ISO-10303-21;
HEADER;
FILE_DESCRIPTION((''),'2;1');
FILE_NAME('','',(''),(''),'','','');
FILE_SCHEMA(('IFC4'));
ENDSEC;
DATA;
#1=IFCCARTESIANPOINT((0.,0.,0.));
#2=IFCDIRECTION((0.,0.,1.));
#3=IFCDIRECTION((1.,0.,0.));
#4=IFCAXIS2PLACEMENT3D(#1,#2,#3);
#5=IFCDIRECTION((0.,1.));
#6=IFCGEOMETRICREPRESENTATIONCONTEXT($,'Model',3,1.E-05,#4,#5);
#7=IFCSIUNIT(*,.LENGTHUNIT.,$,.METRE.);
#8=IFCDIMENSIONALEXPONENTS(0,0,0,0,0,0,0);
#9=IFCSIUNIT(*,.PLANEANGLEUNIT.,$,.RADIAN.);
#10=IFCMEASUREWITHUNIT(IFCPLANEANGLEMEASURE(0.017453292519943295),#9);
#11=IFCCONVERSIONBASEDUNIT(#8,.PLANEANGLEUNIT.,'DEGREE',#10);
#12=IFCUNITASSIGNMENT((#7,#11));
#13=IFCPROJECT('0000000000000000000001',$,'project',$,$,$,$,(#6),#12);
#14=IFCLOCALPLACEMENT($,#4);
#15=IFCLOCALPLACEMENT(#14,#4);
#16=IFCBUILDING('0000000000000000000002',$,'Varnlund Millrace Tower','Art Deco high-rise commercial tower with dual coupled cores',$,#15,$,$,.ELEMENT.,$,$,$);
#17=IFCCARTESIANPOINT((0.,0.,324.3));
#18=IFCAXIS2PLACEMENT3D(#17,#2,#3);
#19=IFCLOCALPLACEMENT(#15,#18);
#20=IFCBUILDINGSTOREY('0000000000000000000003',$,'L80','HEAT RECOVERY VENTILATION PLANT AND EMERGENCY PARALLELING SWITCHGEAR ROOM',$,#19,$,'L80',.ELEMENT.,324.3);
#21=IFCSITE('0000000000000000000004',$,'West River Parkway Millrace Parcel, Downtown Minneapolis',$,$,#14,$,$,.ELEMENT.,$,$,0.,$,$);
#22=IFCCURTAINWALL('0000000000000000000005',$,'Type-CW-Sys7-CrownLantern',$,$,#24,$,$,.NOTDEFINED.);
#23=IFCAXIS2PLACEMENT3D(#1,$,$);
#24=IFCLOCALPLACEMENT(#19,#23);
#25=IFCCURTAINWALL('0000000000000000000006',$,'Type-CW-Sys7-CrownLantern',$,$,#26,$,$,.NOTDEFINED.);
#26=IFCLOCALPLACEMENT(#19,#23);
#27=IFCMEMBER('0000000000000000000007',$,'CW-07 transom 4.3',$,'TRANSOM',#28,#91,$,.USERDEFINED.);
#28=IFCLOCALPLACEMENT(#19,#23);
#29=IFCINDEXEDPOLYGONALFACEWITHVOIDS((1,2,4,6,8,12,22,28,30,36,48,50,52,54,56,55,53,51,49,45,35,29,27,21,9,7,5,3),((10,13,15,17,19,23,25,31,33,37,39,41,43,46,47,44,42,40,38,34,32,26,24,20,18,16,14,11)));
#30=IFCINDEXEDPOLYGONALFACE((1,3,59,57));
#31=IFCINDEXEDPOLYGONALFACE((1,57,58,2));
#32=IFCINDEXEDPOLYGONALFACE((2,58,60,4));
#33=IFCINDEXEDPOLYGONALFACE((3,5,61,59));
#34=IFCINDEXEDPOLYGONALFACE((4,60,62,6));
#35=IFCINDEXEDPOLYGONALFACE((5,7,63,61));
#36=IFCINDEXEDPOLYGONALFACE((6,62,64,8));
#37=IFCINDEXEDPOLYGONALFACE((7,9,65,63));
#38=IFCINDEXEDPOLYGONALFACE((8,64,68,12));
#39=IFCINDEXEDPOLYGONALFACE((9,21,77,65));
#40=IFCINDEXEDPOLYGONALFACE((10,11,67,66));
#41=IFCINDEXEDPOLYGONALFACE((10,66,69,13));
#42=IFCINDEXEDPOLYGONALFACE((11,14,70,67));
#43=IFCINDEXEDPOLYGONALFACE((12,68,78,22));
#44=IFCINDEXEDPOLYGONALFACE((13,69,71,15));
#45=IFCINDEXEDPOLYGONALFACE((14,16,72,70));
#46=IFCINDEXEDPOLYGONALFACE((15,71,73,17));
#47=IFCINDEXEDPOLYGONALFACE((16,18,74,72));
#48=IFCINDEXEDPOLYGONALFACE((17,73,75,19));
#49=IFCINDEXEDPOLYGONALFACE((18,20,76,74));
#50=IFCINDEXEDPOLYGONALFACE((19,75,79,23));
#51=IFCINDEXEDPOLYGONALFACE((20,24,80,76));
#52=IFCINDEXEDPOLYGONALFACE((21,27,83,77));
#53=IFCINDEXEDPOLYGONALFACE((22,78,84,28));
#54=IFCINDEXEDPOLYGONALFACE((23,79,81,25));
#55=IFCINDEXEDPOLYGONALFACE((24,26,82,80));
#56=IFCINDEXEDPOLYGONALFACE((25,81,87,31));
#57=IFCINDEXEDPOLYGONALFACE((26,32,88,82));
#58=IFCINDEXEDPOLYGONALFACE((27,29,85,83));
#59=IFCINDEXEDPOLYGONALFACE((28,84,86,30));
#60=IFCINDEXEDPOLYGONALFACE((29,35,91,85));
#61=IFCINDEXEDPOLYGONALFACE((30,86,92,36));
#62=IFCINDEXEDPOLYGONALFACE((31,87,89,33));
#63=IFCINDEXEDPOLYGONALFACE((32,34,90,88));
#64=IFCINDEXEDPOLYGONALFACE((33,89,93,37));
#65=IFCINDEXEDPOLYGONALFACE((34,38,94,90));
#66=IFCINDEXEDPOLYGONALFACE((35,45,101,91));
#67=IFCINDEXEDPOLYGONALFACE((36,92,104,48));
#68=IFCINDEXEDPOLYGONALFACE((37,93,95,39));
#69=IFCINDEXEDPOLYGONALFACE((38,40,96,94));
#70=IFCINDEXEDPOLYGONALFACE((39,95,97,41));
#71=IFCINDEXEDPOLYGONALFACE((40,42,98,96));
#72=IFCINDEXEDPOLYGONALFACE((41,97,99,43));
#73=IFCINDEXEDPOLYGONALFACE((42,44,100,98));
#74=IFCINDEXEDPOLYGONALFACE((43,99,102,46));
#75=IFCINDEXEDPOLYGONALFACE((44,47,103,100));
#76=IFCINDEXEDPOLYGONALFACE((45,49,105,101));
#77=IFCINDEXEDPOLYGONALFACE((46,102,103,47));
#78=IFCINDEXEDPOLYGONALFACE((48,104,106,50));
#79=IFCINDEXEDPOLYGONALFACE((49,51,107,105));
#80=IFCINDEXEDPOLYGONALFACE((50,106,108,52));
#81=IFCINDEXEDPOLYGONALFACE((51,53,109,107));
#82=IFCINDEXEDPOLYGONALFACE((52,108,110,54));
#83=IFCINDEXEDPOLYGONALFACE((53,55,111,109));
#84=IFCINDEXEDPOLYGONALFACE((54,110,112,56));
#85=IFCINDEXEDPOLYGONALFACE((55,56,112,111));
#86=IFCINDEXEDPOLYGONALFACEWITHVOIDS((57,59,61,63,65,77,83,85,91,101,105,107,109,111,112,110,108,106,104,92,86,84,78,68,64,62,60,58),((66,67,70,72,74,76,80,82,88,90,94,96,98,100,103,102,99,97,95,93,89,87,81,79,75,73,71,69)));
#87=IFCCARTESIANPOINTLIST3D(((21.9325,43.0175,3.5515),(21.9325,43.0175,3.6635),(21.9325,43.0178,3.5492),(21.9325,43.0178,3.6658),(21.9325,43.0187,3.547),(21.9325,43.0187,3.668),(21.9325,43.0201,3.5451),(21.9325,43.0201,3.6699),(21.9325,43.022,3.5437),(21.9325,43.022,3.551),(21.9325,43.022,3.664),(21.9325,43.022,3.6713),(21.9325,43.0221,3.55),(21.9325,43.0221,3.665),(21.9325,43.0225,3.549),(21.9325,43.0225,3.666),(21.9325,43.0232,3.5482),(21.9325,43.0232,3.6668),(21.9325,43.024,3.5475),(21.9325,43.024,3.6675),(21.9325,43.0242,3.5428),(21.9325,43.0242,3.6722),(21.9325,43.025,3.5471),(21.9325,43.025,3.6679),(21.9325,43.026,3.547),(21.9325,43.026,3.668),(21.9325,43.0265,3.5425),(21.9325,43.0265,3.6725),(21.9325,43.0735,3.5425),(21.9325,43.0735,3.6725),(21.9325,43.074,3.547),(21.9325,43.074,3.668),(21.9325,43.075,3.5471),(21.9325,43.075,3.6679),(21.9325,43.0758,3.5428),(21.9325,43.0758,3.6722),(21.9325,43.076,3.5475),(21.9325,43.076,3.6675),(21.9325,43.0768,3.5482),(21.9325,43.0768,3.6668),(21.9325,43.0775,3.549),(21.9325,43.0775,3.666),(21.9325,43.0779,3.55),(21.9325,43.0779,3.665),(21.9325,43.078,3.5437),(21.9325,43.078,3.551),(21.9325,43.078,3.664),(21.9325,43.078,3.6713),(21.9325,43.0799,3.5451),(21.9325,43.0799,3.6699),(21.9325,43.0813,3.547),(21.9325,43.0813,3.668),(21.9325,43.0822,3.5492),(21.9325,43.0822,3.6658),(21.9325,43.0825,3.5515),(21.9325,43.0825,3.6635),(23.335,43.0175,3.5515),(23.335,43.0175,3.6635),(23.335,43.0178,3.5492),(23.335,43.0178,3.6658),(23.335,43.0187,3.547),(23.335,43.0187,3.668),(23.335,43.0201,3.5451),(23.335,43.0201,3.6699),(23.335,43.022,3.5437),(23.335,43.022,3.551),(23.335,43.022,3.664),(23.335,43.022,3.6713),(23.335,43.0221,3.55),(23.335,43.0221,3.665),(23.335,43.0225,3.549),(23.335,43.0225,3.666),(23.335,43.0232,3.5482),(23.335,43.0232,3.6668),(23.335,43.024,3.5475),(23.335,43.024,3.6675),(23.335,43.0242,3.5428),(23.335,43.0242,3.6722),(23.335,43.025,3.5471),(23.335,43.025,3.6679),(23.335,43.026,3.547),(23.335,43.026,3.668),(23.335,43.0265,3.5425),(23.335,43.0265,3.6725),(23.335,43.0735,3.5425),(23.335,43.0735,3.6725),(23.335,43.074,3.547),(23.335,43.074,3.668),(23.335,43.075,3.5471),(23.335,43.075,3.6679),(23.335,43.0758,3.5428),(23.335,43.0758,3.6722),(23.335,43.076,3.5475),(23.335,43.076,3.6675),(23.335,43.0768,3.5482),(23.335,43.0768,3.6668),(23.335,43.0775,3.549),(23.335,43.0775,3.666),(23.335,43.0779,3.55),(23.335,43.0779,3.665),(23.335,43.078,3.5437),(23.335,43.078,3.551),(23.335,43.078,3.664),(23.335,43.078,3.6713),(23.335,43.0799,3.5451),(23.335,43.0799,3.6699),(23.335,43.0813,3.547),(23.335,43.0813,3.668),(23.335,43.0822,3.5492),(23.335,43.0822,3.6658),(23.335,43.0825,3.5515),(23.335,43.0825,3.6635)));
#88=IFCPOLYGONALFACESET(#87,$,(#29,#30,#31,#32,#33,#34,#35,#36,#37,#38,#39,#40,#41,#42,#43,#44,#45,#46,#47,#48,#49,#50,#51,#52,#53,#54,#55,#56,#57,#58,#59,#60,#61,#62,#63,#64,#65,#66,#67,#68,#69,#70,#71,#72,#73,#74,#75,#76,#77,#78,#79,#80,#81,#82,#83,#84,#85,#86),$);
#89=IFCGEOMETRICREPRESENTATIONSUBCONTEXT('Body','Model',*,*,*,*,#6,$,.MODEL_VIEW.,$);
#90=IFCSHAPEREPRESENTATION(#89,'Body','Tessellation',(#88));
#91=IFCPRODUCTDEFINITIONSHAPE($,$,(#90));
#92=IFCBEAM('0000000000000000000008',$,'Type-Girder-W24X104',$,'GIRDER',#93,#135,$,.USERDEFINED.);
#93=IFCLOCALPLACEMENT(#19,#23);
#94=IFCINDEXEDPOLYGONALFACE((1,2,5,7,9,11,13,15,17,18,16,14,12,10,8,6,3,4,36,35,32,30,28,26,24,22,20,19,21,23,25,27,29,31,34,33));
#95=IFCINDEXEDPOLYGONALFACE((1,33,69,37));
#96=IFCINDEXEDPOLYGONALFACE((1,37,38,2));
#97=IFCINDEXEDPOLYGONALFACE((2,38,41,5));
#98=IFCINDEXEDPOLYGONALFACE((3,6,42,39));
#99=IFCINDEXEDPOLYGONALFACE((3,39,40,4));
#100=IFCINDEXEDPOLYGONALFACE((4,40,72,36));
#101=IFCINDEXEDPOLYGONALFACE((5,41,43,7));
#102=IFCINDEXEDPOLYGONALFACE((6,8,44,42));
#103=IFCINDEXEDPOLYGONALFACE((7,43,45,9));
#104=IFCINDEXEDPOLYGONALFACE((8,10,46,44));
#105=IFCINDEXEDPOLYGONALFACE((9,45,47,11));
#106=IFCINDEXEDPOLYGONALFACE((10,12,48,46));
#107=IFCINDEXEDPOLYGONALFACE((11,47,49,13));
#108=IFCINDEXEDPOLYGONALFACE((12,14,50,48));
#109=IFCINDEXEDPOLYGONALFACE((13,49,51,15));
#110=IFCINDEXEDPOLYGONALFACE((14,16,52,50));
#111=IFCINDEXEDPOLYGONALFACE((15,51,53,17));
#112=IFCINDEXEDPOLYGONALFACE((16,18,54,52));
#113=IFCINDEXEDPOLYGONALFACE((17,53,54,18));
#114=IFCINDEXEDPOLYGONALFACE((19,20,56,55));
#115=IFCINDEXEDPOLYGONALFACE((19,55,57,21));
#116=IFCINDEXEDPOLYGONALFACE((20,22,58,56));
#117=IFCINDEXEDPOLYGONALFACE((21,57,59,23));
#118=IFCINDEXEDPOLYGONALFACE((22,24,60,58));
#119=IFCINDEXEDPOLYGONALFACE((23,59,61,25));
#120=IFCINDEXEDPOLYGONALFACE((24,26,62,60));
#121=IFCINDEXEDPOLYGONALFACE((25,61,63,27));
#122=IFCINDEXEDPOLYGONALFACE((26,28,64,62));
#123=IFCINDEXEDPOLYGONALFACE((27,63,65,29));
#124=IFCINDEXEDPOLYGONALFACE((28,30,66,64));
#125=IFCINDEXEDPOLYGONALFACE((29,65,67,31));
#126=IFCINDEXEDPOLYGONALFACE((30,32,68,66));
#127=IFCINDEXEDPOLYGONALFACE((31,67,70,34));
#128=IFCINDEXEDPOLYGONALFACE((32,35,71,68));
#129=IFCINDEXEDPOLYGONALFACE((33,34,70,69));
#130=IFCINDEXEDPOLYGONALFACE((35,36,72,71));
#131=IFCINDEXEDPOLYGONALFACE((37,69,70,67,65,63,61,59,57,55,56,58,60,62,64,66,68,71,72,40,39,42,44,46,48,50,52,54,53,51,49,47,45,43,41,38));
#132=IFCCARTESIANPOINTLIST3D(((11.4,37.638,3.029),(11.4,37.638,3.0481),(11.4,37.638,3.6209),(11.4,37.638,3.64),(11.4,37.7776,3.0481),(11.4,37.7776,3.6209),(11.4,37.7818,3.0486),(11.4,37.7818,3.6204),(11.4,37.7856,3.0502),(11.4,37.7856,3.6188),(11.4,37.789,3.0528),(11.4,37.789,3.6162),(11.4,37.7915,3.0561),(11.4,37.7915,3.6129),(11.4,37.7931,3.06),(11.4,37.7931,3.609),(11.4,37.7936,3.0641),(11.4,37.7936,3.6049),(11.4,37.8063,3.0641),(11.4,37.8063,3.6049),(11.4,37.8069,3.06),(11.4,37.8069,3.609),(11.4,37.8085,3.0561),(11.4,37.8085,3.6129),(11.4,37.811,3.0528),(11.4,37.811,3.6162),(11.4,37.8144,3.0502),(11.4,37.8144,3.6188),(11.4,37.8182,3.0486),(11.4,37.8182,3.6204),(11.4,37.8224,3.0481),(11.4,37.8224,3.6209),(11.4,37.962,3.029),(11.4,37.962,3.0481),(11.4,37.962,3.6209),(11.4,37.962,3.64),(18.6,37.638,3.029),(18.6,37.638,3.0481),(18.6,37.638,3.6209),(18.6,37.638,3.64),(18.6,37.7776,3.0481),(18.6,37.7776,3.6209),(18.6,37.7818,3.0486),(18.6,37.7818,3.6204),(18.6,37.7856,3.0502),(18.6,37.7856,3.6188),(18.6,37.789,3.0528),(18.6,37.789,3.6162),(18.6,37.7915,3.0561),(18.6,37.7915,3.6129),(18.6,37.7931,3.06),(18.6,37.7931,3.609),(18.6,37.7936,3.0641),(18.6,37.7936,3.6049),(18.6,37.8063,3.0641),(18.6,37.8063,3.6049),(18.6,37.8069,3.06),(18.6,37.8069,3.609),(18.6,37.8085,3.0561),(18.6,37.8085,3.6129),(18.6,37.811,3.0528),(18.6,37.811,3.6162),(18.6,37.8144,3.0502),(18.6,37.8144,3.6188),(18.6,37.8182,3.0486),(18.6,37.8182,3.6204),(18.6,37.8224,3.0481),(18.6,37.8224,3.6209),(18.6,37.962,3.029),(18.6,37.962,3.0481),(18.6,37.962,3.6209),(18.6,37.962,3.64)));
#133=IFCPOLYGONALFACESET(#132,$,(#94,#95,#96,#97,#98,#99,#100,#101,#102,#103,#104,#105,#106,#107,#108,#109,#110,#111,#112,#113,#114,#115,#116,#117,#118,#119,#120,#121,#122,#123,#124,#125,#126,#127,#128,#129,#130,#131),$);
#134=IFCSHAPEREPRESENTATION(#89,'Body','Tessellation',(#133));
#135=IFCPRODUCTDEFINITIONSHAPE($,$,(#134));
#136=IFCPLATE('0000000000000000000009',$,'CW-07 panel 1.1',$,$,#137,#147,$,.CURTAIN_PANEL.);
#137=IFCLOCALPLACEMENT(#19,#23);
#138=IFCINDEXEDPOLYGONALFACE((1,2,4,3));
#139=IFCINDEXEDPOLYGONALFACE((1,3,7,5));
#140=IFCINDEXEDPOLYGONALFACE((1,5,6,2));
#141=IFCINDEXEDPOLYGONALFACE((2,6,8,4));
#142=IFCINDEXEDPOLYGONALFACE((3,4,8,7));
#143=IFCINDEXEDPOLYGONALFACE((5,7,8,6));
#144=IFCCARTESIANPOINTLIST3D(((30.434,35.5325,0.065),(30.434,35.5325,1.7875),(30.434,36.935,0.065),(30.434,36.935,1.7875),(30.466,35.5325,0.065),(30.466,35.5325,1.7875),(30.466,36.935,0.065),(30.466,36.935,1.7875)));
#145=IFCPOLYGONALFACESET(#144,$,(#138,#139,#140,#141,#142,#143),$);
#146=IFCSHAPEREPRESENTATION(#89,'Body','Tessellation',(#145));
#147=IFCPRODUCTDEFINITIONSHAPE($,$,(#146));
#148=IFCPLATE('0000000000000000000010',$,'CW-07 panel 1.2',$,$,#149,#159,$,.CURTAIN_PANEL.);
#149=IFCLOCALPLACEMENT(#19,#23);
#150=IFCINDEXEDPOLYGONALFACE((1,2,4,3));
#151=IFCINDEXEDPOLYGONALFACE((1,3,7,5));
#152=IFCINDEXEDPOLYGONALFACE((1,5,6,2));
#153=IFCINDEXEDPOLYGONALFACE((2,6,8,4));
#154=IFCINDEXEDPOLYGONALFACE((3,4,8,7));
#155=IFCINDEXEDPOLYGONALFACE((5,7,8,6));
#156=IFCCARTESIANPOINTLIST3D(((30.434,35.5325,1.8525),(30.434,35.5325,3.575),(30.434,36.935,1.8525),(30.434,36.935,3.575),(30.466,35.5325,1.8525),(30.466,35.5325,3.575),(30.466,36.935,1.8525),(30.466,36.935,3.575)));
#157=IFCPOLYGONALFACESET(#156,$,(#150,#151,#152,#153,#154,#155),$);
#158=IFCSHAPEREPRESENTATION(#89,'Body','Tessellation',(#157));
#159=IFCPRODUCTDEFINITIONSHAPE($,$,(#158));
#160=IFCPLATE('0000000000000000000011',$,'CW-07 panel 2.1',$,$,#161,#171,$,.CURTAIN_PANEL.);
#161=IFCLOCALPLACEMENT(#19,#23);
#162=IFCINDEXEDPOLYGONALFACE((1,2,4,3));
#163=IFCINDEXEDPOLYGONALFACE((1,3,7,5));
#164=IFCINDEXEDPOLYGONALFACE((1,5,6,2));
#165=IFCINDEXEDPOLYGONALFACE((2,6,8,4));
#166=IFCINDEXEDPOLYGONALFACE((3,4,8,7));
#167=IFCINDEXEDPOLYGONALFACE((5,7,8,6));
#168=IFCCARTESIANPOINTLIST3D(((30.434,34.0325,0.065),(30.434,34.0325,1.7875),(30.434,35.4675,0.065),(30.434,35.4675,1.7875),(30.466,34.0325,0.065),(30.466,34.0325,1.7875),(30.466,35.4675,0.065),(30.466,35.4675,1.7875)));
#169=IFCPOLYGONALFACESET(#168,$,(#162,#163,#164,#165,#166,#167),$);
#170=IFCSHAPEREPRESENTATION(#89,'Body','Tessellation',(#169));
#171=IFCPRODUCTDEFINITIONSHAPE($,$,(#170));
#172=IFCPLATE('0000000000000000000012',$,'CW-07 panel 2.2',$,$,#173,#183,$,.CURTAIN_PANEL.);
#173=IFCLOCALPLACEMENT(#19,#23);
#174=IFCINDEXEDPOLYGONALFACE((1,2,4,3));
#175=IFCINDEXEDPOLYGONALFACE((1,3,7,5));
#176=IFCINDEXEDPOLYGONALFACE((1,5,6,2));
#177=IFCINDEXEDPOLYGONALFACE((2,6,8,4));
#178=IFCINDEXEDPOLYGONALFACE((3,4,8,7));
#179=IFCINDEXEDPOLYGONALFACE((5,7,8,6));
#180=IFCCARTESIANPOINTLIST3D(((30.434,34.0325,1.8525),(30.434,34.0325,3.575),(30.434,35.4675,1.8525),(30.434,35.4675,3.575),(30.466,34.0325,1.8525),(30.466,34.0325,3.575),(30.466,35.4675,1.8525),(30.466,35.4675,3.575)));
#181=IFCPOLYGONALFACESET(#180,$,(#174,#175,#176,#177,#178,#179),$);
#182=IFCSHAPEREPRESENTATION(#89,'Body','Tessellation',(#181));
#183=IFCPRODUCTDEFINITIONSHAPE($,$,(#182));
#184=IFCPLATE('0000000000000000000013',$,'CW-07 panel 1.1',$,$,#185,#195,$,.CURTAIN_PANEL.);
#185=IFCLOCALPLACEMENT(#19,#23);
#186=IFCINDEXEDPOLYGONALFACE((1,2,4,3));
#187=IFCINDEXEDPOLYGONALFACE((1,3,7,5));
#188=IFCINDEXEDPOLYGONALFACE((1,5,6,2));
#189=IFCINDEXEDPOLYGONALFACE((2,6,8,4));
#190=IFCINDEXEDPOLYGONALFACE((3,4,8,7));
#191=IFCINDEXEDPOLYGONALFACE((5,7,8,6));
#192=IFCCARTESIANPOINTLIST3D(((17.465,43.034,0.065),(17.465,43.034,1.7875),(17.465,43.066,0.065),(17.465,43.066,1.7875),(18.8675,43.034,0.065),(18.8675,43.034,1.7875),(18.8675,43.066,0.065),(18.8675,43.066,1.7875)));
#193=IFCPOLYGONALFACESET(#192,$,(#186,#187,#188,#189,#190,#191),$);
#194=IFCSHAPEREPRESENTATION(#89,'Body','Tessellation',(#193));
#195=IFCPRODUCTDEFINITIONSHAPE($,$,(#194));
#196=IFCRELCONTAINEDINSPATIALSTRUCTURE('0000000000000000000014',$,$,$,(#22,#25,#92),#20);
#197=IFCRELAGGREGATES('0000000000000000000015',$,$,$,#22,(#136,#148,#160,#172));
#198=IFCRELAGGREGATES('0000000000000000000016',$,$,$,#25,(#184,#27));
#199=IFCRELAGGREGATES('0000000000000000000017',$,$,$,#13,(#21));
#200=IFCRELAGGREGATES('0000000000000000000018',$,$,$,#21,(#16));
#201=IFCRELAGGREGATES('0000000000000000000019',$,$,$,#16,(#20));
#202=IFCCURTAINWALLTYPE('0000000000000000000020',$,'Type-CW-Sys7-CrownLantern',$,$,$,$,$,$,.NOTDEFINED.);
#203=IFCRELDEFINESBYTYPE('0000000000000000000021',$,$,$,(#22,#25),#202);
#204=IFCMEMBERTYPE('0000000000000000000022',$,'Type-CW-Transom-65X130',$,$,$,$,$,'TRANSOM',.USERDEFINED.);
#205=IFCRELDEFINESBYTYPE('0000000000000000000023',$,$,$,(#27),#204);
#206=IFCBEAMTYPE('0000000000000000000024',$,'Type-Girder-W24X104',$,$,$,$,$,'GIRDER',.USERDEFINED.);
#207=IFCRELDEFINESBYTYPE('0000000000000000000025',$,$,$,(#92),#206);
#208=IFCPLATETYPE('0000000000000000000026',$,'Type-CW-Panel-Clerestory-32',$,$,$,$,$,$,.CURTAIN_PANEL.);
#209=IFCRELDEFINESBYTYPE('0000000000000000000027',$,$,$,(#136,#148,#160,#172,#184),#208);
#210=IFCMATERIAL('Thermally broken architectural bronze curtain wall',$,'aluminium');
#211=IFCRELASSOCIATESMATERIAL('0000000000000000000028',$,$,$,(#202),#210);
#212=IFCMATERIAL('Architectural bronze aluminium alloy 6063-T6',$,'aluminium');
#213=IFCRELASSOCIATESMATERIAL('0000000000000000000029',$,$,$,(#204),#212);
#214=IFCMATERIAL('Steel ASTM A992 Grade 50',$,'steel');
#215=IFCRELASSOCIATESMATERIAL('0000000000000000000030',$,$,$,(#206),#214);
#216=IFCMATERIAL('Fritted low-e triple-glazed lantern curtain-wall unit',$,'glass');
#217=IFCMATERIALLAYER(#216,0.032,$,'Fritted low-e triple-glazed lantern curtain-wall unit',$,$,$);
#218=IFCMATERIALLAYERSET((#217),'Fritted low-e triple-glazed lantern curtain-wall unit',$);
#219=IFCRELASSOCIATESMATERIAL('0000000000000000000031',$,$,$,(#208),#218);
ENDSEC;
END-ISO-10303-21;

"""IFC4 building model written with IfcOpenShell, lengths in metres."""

from ifc_helpers import new_model, entity, si_unit, converted_unit, direction, frame, origin_with_axes, origin_2d_with_axis, place, context, subcontext, project, spatial, rectangle, hollow_rectangle, i_section, extrude, material, layer, layer_set, material_profile, profile_set, type_object, element, aggregate, save


model = new_model("IFC4")

# Units and contexts
model_context = context("Model", 3, precision=1e-05, world=origin_with_axes(), true_north=direction((0.0, 1.0)))
body_context = subcontext(model_context, "Body", "Model", "MODEL_VIEW")
ifc_project = project(units=[si_unit("LENGTHUNIT", "METRE"), converted_unit("PLANEANGLEUNIT", "DEGREE", entity("IfcPlaneAngleMeasure", 0.017453292519943295), si_unit("PLANEANGLEUNIT", "RADIAN"), dimensions=[0, 0, 0, 0, 0, 0, 0])], contexts=[model_context])

# Site, building, storey
site_placement = place(None, origin_with_axes())
site = spatial("IfcSite", under=ifc_project, at=site_placement, Name="West River Parkway Millrace Parcel, Downtown Minneapolis", CompositionType="ELEMENT", RefElevation=0.0)
building_placement = place(site_placement, origin_with_axes())
building = spatial("IfcBuilding", under=site, at=building_placement, Name="Varnlund Millrace Tower", Description="Art Deco high-rise commercial tower with dual coupled cores", CompositionType="ELEMENT")
storey_placement = place(building_placement, frame((0.0, 0.0, 324.3), z_axis=(0.0, 0.0, 1.0), x_axis=(1.0, 0.0, 0.0)))
storey = spatial("IfcBuildingStorey", under=building, at=storey_placement, Name="L80", Description="HEAT RECOVERY VENTILATION PLANT AND EMERGENCY PARALLELING SWITCHGEAR ROOM", LongName="L80", CompositionType="ELEMENT", Elevation=324.3)

# Curtain walls, member
ifc_material_1 = material(Name="Thermally broken architectural bronze curtain wall", Category="aluminium")
curtain_wall_type = type_object("IfcCurtainWallType", Name="Type-CW-Sys7-CrownLantern", PredefinedType="NOTDEFINED", material=ifc_material_1)
curtain_wall_1_placement = place(storey_placement, frame((30.45, 37.0, 0.0), z_axis=(0.0, 0.0, 1.0), x_axis=(1.0, 0.0, 0.0)))
curtain_wall_1 = element("IfcCurtainWall", 1, at=curtain_wall_1_placement, inside=storey, type_object=curtain_wall_type, Name="Type-CW-Sys7-CrownLantern", PredefinedType="NOTDEFINED")
ifc_material_2 = material(Name="Architectural bronze aluminium alloy 6063-T6", Category="aluminium")
ifc_material_profile_1 = material_profile(ifc_material_2, hollow_rectangle(XDim=0.065, YDim=0.13, WallThickness=0.0045, InnerFilletRadius=0.004, OuterFilletRadius=0.009, at=origin_2d_with_axis()), Name="Architectural bronze aluminium alloy 6063-T6")
ifc_profile_set_1 = profile_set([ifc_material_profile_1], Name="Architectural bronze aluminium alloy 6063-T6")
member_type = type_object("IfcMemberType", Name="Type-CW-Transom-65X130", ElementType="TRANSOM", PredefinedType="USERDEFINED", material=ifc_profile_set_1)
curtain_wall_2_placement = place(storey_placement, frame((17.4, 43.05, 0.0), z_axis=(0.0, 0.0, 1.0), x_axis=(1.0, 0.0, 0.0)))
curtain_wall_2 = element("IfcCurtainWall", 2, at=curtain_wall_2_placement, inside=storey, type_object=curtain_wall_type, Name="Type-CW-Sys7-CrownLantern", PredefinedType="NOTDEFINED")
member_1_placement = place(storey_placement, frame((21.9325, 43.05, 3.6075), z_axis=(1.0, 0.0, 0.0), x_axis=(0.0, 1.0, 0.0)))
member_1 = element("IfcMember", 3, at=member_1_placement, type_object=member_type, Name="CW-07 transom 4.3", ObjectType="TRANSOM", PredefinedType="USERDEFINED", context=body_context, shape_type="SweptSolid", body=[
    extrude(hollow_rectangle(XDim=0.065, YDim=0.13, WallThickness=0.0045, InnerFilletRadius=0.004, OuterFilletRadius=0.009, at=origin_2d_with_axis()), origin_with_axes(), (0.0, 0.0, 1.0), 1.4025),
])

# Beam
ifc_material_3 = material(Name="Steel ASTM A992 Grade 50", Category="steel")
ifc_material_profile_2 = material_profile(ifc_material_3, i_section(OverallWidth=0.324, OverallDepth=0.611, WebThickness=0.0127, FlangeThickness=0.0191, FilletRadius=0.016, at=origin_2d_with_axis()), Name="Steel ASTM A992 Grade 50")
ifc_profile_set_2 = profile_set([ifc_material_profile_2], Name="Steel ASTM A992 Grade 50")
beam_type = type_object("IfcBeamType", Name="Type-Girder-W24X104", ElementType="GIRDER", PredefinedType="USERDEFINED", material=ifc_profile_set_2)
beam_placement = place(storey_placement, frame((11.4, 37.8, 3.3345), z_axis=(1.0, 0.0, 0.0), x_axis=(0.0, 1.0, 0.0)))
element("IfcBeam", 4, at=beam_placement, inside=storey, type_object=beam_type, Name="Type-Girder-W24X104", ObjectType="GIRDER", PredefinedType="USERDEFINED", context=body_context, shape_type="SweptSolid", body=[
    extrude(i_section(OverallWidth=0.324, OverallDepth=0.611, WebThickness=0.0127, FlangeThickness=0.0191, FilletRadius=0.016, at=origin_2d_with_axis()), origin_with_axes(), (0.0, 0.0, 1.0), 7.2),
])

# Plates
ifc_material_4 = material(Name="Fritted low-e triple-glazed lantern curtain-wall unit", Category="glass")
ifc_layer_1 = layer(ifc_material_4, 0.032, Name="Fritted low-e triple-glazed lantern curtain-wall unit")
ifc_layer_set_1 = layer_set([ifc_layer_1], Name="Fritted low-e triple-glazed lantern curtain-wall unit")
plate_type = type_object("IfcPlateType", Name="Type-CW-Panel-Clerestory-32", PredefinedType="CURTAIN_PANEL", material=ifc_layer_set_1)
plate_1_placement = place(storey_placement, frame((30.45, 36.2338, 0.065), z_axis=(0.0, 0.0, 1.0), x_axis=(0.0, -1.0, 0.0)))
plate_1 = element("IfcPlate", 5, at=plate_1_placement, type_object=plate_type, Name="CW-07 panel 1.1", PredefinedType="CURTAIN_PANEL", context=body_context, shape_type="SweptSolid", body=[
    extrude(rectangle(XDim=1.4025, YDim=0.032, at=origin_2d_with_axis()), origin_with_axes(), (0.0, 0.0, 1.0), 1.7225),
])
plate_2_placement = place(storey_placement, frame((30.45, 36.2338, 1.8525), z_axis=(0.0, 0.0, 1.0), x_axis=(0.0, -1.0, 0.0)))
plate_2 = element("IfcPlate", 6, at=plate_2_placement, type_object=plate_type, Name="CW-07 panel 1.2", PredefinedType="CURTAIN_PANEL", context=body_context, shape_type="SweptSolid", body=[
    extrude(rectangle(XDim=1.4025, YDim=0.032, at=origin_2d_with_axis()), origin_with_axes(), (0.0, 0.0, 1.0), 1.7225),
])
plate_3_placement = place(storey_placement, frame((30.45, 34.75, 0.065), z_axis=(0.0, 0.0, 1.0), x_axis=(0.0, -1.0, 0.0)))
plate_3 = element("IfcPlate", 7, at=plate_3_placement, type_object=plate_type, Name="CW-07 panel 2.1", PredefinedType="CURTAIN_PANEL", context=body_context, shape_type="SweptSolid", body=[
    extrude(rectangle(XDim=1.435, YDim=0.032, at=origin_2d_with_axis()), origin_with_axes(), (0.0, 0.0, 1.0), 1.7225),
])
plate_4_placement = place(storey_placement, frame((30.45, 34.75, 1.8525), z_axis=(0.0, 0.0, 1.0), x_axis=(0.0, -1.0, 0.0)))
plate_4 = element("IfcPlate", 8, at=plate_4_placement, type_object=plate_type, Name="CW-07 panel 2.2", PredefinedType="CURTAIN_PANEL", context=body_context, shape_type="SweptSolid", body=[
    extrude(rectangle(XDim=1.435, YDim=0.032, at=origin_2d_with_axis()), origin_with_axes(), (0.0, 0.0, 1.0), 1.7225),
])
aggregate(curtain_wall_1, [plate_1, plate_2, plate_3, plate_4])
plate_5_placement = place(storey_placement, frame((18.1663, 43.05, 0.065), z_axis=(0.0, 0.0, 1.0), x_axis=(1.0, 0.0, 0.0)))
plate_5 = element("IfcPlate", 9, at=plate_5_placement, type_object=plate_type, Name="CW-07 panel 1.1", PredefinedType="CURTAIN_PANEL", context=body_context, shape_type="SweptSolid", body=[
    extrude(rectangle(XDim=1.4025, YDim=0.032, at=origin_2d_with_axis()), origin_with_axes(), (0.0, 0.0, 1.0), 1.7225),
])
aggregate(curtain_wall_2, [plate_5, member_1])

save(model, "model.ifc")
